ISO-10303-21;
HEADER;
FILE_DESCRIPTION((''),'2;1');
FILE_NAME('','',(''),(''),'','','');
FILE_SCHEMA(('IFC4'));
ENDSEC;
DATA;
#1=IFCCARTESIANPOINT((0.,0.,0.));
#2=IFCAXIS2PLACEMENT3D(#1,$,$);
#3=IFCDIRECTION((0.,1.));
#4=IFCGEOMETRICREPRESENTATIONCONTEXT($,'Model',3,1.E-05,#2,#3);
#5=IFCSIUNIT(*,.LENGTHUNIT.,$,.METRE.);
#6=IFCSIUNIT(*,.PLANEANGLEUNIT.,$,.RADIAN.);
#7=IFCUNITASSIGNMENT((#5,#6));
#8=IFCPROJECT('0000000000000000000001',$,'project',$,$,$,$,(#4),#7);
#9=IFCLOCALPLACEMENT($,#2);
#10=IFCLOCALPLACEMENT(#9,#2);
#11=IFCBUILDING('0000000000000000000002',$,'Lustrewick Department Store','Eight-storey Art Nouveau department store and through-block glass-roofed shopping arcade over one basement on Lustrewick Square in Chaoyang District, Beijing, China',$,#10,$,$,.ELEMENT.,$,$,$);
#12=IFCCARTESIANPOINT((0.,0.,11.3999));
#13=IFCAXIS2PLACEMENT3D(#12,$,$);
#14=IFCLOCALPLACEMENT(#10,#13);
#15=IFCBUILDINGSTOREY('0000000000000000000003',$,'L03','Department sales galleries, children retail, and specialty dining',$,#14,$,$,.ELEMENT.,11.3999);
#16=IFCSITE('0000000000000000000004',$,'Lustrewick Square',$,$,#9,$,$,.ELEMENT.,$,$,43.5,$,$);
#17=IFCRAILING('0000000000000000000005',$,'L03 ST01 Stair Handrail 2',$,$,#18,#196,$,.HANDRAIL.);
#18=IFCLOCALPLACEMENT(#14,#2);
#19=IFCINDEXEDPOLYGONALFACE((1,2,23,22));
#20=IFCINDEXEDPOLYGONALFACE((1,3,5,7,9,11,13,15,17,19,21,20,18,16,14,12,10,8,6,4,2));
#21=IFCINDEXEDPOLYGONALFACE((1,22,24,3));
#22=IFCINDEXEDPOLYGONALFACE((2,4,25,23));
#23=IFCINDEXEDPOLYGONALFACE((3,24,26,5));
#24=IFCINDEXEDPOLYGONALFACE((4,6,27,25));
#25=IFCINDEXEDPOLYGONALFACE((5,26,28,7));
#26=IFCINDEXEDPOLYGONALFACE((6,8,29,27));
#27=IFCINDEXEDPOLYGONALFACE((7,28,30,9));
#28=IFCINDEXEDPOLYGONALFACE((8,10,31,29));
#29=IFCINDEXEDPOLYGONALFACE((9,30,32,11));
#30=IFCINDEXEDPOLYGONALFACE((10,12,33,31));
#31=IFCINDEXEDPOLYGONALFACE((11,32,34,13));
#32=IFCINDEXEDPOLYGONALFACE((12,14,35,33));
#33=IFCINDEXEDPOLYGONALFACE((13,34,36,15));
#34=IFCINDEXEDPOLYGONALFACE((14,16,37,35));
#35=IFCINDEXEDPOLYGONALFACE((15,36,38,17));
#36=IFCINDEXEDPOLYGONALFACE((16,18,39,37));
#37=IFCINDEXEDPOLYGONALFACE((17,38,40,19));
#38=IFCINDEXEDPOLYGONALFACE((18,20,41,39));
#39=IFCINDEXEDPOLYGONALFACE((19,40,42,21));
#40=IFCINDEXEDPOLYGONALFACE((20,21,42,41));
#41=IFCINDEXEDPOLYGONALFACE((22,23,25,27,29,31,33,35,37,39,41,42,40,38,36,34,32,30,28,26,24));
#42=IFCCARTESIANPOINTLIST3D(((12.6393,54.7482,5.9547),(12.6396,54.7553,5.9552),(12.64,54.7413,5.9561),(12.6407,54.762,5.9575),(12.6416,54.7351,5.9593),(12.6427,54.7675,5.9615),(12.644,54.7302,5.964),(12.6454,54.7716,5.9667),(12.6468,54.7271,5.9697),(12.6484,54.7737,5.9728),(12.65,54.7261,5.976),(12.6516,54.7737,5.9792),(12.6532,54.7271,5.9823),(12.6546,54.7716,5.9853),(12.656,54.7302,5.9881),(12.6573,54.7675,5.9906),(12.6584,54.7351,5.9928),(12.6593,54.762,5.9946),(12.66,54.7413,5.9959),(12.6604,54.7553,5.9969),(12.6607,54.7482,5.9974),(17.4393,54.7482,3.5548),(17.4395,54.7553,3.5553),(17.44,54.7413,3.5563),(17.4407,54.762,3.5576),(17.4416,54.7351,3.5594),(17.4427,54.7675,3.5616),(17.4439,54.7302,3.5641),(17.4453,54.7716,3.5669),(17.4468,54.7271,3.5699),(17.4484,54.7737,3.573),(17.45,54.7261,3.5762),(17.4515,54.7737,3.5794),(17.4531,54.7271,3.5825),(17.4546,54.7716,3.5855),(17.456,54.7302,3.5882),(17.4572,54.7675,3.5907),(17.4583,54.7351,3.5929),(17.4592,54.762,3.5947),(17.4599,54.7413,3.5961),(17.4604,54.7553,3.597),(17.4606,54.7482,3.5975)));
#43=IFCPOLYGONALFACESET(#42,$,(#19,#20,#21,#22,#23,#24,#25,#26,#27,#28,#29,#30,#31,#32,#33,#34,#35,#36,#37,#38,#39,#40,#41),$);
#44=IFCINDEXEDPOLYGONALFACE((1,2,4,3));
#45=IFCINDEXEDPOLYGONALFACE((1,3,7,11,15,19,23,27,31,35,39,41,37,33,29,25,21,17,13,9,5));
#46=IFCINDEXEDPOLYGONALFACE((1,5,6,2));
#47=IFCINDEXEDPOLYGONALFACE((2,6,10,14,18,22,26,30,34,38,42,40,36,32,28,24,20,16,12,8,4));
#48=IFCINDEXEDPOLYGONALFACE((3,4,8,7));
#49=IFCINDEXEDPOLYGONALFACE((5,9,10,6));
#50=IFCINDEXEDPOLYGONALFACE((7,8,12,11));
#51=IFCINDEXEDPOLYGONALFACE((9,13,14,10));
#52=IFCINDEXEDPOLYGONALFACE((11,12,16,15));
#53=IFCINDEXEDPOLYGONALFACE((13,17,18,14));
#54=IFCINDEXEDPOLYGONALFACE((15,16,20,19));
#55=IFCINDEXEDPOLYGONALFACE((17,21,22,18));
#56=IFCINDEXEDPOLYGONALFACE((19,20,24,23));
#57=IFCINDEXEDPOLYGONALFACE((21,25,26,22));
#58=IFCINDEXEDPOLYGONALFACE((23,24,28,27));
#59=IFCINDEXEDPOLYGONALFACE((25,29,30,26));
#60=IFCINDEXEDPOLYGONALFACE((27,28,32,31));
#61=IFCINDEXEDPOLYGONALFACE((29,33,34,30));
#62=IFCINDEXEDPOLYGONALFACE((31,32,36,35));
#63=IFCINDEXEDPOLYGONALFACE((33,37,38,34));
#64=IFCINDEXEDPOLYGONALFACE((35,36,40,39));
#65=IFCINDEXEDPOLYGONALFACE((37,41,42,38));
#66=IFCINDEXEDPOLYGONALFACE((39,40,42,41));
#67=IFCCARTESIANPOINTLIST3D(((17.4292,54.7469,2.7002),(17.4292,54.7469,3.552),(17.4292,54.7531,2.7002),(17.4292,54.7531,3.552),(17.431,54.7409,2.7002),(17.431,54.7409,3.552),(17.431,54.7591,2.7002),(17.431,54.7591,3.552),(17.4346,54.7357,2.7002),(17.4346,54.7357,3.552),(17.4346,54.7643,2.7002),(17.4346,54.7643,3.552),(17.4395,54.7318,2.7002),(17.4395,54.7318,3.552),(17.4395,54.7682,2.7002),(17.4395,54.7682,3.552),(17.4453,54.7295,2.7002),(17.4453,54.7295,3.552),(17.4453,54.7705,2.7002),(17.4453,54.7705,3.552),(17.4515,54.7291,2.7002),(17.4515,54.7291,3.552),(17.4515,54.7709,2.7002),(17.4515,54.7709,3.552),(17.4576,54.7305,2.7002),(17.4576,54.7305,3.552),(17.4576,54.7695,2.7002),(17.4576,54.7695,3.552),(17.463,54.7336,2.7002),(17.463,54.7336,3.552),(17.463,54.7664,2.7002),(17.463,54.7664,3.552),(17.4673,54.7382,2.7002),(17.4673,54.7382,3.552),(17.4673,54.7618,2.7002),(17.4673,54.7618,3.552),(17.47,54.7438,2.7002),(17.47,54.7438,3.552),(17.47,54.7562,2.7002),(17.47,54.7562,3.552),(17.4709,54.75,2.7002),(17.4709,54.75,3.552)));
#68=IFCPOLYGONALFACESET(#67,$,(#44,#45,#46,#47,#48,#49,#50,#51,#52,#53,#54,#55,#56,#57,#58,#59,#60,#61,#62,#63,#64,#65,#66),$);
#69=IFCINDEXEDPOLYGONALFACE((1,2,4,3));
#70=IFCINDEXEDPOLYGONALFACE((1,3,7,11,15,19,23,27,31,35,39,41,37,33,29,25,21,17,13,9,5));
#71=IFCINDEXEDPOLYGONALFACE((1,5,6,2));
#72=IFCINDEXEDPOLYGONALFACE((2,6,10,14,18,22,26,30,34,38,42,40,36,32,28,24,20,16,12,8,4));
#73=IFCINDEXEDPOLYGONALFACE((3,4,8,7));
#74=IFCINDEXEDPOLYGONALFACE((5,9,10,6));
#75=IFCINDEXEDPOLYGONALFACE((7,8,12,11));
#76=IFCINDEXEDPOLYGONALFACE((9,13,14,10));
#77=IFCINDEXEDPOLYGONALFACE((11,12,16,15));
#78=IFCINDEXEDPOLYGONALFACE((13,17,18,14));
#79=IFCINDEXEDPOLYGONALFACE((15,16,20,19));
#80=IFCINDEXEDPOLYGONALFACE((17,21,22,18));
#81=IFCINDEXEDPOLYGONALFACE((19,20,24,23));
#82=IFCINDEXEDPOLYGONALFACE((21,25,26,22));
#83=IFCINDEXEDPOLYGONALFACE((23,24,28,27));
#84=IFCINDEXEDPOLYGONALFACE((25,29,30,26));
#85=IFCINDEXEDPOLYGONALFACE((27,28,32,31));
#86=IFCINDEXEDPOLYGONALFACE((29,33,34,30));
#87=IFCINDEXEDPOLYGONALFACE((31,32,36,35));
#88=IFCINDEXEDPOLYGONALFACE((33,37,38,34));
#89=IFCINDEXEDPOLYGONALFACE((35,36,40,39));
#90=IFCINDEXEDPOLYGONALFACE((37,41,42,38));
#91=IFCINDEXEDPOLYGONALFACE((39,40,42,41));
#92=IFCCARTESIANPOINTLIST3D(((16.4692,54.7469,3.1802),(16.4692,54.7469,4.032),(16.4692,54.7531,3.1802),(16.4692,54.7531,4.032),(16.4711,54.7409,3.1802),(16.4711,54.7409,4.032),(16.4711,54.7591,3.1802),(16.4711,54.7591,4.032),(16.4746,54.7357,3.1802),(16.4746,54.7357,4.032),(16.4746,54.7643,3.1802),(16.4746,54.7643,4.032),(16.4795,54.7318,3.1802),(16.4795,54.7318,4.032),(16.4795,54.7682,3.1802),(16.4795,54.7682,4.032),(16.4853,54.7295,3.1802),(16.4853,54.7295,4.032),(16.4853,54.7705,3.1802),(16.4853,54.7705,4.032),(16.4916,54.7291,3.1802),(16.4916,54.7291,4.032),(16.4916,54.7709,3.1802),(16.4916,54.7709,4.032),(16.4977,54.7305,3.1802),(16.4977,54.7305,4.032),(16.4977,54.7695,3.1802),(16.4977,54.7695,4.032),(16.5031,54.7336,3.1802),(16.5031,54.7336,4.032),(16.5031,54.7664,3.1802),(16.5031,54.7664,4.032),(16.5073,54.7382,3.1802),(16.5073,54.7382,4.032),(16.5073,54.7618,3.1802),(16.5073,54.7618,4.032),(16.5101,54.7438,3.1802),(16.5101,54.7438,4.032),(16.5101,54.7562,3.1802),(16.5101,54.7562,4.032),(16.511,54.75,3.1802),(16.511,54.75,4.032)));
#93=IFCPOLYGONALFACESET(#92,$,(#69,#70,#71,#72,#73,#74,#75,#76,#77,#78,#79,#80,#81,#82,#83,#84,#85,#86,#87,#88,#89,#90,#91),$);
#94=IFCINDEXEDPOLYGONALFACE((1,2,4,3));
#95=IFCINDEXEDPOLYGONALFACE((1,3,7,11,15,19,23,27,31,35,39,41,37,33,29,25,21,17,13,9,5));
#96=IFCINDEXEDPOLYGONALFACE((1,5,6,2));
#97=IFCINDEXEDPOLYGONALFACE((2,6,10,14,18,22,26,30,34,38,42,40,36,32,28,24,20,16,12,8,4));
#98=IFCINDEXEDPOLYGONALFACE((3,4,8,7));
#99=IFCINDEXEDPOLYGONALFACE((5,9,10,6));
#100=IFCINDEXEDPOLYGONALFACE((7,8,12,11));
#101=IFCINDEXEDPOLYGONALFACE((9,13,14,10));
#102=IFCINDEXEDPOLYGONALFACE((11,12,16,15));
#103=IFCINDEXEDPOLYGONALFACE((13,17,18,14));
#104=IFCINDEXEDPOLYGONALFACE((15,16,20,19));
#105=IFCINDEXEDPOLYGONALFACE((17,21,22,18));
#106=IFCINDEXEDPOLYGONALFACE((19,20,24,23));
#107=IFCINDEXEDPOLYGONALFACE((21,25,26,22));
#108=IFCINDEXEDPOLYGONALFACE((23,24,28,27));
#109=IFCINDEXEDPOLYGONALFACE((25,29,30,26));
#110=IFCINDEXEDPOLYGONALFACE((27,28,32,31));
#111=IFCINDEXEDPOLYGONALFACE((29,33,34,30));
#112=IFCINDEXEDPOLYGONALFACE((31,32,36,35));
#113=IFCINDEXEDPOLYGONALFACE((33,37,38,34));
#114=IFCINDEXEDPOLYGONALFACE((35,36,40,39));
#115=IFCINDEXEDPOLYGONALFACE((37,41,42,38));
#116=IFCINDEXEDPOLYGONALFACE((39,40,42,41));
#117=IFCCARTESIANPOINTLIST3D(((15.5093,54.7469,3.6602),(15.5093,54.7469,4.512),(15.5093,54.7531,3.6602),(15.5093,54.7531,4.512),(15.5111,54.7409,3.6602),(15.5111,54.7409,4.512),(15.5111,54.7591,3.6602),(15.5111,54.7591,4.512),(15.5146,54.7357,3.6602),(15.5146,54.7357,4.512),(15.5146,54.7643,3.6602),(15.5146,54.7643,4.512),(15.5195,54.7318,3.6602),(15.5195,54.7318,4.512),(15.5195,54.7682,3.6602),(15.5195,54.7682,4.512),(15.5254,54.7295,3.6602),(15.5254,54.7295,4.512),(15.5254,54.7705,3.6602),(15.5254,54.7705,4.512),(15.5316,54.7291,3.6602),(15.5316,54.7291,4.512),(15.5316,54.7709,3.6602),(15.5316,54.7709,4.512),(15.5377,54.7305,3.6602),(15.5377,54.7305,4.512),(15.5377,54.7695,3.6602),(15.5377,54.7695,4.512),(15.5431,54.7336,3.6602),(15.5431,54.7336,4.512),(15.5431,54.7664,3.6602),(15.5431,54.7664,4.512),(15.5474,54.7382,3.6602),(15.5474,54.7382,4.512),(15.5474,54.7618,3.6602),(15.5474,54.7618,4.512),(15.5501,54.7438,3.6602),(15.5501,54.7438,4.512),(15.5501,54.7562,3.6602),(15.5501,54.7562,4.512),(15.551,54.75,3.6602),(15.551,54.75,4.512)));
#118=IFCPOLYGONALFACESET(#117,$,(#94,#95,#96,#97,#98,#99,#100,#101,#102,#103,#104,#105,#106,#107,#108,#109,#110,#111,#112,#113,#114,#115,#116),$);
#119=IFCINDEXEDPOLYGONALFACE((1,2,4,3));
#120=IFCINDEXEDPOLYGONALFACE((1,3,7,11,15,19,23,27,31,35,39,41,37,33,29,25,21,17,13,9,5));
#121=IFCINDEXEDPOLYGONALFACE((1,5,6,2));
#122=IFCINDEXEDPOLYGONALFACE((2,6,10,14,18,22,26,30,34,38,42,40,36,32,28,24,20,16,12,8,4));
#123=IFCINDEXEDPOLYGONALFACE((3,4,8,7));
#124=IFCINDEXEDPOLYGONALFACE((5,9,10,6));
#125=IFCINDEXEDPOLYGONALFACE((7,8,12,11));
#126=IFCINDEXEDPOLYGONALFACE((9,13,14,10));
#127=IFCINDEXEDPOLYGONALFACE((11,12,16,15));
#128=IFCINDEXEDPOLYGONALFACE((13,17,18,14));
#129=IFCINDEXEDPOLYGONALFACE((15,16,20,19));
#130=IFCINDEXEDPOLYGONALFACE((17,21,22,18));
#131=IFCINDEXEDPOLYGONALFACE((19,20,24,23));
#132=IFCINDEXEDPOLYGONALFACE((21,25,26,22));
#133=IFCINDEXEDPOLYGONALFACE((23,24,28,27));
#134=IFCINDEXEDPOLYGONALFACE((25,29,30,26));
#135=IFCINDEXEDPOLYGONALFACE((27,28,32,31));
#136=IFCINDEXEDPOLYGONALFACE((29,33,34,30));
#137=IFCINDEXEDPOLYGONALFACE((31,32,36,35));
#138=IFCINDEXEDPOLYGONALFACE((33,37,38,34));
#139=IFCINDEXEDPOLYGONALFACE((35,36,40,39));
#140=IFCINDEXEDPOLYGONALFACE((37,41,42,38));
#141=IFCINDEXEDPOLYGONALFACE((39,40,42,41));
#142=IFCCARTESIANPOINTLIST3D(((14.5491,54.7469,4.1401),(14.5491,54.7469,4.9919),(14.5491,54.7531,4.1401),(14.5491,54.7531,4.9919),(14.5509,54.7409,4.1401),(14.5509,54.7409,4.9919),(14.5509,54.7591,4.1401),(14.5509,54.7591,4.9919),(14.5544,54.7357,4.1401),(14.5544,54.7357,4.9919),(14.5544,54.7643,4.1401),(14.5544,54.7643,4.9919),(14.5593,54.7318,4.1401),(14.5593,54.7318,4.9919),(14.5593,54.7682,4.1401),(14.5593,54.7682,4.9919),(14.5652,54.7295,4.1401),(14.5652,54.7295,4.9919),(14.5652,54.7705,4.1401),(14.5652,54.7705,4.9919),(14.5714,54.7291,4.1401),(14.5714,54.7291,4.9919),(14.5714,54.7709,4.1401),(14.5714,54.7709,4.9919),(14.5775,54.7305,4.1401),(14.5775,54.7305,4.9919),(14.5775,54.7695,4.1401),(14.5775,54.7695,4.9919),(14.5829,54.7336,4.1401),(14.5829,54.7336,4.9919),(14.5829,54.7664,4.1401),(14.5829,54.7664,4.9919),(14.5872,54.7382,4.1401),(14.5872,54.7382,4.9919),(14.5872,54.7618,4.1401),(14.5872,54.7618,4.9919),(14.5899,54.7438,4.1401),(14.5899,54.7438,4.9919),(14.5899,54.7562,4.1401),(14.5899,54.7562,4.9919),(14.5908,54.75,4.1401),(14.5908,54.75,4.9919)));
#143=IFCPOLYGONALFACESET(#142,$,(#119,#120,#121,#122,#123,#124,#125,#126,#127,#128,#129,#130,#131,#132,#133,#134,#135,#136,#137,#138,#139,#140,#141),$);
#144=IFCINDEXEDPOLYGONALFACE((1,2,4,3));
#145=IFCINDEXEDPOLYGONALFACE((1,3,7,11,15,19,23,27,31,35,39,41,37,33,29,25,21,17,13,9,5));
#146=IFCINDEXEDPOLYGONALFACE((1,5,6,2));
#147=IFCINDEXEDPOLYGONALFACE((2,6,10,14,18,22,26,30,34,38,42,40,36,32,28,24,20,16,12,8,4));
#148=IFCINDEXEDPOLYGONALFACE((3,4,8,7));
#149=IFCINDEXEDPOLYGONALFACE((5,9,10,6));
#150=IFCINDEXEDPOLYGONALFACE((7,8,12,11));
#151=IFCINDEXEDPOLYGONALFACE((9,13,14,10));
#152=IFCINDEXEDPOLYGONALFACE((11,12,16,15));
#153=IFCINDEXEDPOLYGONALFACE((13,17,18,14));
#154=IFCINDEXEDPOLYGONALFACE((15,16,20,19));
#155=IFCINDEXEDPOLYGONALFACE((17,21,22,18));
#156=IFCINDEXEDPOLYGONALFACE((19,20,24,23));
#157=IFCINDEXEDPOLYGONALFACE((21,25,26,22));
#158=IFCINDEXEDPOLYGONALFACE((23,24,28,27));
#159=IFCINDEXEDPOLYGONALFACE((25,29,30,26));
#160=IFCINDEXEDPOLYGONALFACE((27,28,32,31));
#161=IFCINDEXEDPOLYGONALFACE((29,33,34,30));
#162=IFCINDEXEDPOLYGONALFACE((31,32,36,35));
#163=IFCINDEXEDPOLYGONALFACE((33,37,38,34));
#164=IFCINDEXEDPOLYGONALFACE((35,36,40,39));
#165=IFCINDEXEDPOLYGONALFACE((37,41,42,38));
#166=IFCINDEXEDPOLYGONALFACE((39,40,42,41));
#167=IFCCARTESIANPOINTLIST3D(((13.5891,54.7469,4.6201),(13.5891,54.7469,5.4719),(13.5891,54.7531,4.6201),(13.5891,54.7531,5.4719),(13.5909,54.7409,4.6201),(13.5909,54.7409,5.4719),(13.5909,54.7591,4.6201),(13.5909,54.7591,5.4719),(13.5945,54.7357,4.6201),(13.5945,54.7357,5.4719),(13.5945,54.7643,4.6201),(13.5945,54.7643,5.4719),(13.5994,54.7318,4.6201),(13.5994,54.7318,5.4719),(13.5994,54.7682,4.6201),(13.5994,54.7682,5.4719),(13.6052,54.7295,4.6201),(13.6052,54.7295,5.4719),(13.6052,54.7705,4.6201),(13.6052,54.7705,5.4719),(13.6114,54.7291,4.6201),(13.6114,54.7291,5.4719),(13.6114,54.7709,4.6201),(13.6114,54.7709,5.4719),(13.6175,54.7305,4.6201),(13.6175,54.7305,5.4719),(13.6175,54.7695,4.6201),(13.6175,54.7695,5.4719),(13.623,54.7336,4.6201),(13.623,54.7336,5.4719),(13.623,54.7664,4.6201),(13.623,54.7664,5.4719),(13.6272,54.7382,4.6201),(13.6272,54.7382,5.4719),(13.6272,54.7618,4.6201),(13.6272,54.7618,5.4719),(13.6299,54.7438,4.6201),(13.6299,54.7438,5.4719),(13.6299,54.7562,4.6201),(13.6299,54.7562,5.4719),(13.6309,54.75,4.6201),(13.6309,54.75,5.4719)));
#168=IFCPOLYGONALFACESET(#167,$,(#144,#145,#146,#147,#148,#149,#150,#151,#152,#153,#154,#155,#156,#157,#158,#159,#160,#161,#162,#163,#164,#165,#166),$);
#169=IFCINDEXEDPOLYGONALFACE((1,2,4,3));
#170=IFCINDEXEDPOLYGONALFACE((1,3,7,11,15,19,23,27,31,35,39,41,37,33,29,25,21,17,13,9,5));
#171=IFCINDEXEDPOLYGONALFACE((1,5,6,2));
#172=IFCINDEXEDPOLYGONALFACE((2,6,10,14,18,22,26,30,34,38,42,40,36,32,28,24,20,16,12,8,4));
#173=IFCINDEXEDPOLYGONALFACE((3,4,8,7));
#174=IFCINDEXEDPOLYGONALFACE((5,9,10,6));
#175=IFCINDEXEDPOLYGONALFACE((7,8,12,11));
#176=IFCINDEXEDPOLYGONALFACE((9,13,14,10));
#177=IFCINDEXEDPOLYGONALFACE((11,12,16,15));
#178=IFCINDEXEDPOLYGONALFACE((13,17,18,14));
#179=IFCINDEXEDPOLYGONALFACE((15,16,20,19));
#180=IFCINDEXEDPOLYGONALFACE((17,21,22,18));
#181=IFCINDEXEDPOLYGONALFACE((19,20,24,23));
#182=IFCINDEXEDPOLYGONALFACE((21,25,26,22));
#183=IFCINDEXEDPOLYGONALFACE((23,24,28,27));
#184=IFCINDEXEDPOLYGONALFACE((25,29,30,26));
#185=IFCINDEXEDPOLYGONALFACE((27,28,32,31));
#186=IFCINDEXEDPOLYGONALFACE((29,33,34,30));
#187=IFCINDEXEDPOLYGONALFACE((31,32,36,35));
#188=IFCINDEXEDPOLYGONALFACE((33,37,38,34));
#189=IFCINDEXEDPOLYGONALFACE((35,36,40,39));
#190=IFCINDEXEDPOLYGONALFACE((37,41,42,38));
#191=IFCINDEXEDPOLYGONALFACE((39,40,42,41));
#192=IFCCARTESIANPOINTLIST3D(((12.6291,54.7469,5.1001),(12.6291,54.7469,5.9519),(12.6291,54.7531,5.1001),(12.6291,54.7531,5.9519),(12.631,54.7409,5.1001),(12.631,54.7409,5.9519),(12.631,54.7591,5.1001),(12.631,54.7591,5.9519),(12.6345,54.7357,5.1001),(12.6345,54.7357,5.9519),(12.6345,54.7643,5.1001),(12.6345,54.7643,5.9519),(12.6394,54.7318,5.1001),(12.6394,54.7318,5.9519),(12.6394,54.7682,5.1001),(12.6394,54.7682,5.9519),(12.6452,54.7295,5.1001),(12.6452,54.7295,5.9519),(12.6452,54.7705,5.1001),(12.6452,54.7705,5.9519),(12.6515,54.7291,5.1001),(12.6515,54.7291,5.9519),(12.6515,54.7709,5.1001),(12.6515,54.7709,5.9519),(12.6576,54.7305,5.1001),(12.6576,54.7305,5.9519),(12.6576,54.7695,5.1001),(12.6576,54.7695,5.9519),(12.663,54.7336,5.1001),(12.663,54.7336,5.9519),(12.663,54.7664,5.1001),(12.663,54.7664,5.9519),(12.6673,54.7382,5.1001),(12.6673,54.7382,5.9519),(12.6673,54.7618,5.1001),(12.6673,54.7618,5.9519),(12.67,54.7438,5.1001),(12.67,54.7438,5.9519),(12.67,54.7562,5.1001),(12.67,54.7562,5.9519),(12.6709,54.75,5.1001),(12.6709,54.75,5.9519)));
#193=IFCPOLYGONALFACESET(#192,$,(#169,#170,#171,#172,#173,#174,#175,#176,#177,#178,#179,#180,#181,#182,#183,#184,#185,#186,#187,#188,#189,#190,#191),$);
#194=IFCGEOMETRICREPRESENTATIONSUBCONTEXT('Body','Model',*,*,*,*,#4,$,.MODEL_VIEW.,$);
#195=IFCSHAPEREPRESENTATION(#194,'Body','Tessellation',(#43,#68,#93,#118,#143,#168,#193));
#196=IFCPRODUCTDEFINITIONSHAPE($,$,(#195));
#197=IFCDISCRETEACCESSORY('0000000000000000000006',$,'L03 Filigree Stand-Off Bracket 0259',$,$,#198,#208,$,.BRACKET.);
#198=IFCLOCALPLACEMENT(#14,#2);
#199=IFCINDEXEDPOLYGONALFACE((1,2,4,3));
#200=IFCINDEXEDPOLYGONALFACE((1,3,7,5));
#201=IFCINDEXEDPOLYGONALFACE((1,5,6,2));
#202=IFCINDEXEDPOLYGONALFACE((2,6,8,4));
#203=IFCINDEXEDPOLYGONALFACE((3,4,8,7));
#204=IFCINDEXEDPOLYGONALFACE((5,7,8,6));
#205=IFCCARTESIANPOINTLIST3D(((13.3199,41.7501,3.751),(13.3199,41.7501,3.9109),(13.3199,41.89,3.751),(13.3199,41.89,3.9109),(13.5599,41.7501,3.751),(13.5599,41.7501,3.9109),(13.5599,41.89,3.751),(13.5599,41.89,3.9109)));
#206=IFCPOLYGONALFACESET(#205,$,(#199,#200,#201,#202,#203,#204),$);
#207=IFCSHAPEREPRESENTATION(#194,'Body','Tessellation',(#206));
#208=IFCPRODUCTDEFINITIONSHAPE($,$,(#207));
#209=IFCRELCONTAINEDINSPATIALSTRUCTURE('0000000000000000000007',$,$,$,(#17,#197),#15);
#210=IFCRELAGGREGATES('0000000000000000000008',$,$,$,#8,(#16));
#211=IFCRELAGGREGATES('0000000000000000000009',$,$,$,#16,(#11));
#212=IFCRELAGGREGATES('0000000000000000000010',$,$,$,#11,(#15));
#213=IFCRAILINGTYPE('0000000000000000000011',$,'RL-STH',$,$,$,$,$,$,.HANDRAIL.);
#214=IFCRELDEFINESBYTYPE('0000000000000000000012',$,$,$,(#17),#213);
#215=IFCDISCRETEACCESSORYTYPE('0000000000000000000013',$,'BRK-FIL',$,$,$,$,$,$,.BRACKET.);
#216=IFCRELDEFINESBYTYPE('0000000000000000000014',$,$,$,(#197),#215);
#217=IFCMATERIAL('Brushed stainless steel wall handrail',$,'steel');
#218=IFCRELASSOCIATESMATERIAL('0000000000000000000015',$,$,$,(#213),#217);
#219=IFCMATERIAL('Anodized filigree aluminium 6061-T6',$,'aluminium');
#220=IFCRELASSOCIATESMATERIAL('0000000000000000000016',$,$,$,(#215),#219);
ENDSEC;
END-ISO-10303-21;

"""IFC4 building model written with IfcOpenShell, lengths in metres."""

from ifc_helpers import new_model, si_unit, direction, frame, origin, origin_2d, place, context, subcontext, project, spatial, rectangle, circle, extrude, material, type_object, element, save


model = new_model("IFC4")

# Units and contexts
model_context = context("Model", 3, precision=1e-05, world=origin(), true_north=direction((0.0, 1.0)))
body_context = subcontext(model_context, "Body", "Model", "MODEL_VIEW")
ifc_project = project(units=[si_unit("LENGTHUNIT", "METRE"), si_unit("PLANEANGLEUNIT", "RADIAN")], contexts=[model_context])

# Site, building, storey
site_placement = place(None, origin())
site = spatial("IfcSite", under=ifc_project, at=site_placement, Name="Lustrewick Square", CompositionType="ELEMENT", RefElevation=43.5)
building_placement = place(site_placement, origin())
building = spatial("IfcBuilding", under=site, at=building_placement, Name="Lustrewick Department Store", Description="Eight-storey Art Nouveau department store and through-block glass-roofed shopping arcade over one basement on Lustrewick Square in Chaoyang District, Beijing, China", CompositionType="ELEMENT")
storey_placement = place(building_placement, frame((0.0, 0.0, 11.3999)))
storey = spatial("IfcBuildingStorey", under=building, at=storey_placement, Name="L03", Description="Department sales galleries, children retail, and specialty dining", CompositionType="ELEMENT", Elevation=11.3999)

# Railing
ifc_material_1 = material(Name="Brushed stainless steel wall handrail", Category="steel")
railing_type_1 = type_object("IfcRailingType", Name="RL-STH", PredefinedType="HANDRAIL", material=ifc_material_1)
railing_1_placement = place(storey_placement, frame((17.45, 54.75, 2.7002)))
element("IfcRailing", 1, at=railing_1_placement, inside=storey, type_object=railing_type_1, Name="L03 ST01 Stair Handrail 2", PredefinedType="HANDRAIL", context=body_context, shape_type="SweptSolid", body=[
    extrude(circle(Radius=0.0239, at=origin_2d()), frame((0.0, 0.0, 0.876), z_axis=(-0.894436, 0.0, 0.447195), x_axis=(0.0, -1.0, 0.0)), (0.0, 0.0, 1.0), 5.3665),
    extrude(circle(Radius=0.021, at=origin_2d()), origin(), (0.0, 0.0, 1.0), 0.8518),
    extrude(circle(Radius=0.021, at=origin_2d()), frame((-0.96, 0.0, 0.48)), (0.0, 0.0, 1.0), 0.8518),
    extrude(circle(Radius=0.021, at=origin_2d()), frame((-1.9199, 0.0, 0.96)), (0.0, 0.0, 1.0), 0.8518),
    extrude(circle(Radius=0.021, at=origin_2d()), frame((-2.8801, 0.0, 1.4399)), (0.0, 0.0, 1.0), 0.8518),
    extrude(circle(Radius=0.021, at=origin_2d()), frame((-3.8401, 0.0, 1.9199)), (0.0, 0.0, 1.0), 0.8518),
    extrude(circle(Radius=0.021, at=origin_2d()), frame((-4.8, 0.0, 2.3999)), (0.0, 0.0, 1.0), 0.8518),
])

# Discrete accessory
ifc_material_2 = material(Name="Anodized filigree aluminium 6061-T6", Category="aluminium")
discrete_accessory_type_1 = type_object("IfcDiscreteAccessoryType", Name="BRK-FIL", PredefinedType="BRACKET", material=ifc_material_2)
for number, where, z_axis, x_axis, name in (
    (2, (13.4399, 41.8201, 3.751), (0.0, 0.0, 1.0), (1.0, 0.0, 0.0), "L03 Filigree Stand-Off Bracket 0259"),
):
    element("IfcDiscreteAccessory", number, at=place(storey_placement, frame(where, z_axis=z_axis, x_axis=x_axis)), inside=storey, type_object=discrete_accessory_type_1, Name=name, PredefinedType="BRACKET", context=body_context, shape_type="SweptSolid", body=[
        extrude(rectangle(XDim=0.24, YDim=0.1399, at=origin_2d()), origin(), (0.0, 0.0, 1.0), 0.1599),
    ])

save(model, "model.ifc")
